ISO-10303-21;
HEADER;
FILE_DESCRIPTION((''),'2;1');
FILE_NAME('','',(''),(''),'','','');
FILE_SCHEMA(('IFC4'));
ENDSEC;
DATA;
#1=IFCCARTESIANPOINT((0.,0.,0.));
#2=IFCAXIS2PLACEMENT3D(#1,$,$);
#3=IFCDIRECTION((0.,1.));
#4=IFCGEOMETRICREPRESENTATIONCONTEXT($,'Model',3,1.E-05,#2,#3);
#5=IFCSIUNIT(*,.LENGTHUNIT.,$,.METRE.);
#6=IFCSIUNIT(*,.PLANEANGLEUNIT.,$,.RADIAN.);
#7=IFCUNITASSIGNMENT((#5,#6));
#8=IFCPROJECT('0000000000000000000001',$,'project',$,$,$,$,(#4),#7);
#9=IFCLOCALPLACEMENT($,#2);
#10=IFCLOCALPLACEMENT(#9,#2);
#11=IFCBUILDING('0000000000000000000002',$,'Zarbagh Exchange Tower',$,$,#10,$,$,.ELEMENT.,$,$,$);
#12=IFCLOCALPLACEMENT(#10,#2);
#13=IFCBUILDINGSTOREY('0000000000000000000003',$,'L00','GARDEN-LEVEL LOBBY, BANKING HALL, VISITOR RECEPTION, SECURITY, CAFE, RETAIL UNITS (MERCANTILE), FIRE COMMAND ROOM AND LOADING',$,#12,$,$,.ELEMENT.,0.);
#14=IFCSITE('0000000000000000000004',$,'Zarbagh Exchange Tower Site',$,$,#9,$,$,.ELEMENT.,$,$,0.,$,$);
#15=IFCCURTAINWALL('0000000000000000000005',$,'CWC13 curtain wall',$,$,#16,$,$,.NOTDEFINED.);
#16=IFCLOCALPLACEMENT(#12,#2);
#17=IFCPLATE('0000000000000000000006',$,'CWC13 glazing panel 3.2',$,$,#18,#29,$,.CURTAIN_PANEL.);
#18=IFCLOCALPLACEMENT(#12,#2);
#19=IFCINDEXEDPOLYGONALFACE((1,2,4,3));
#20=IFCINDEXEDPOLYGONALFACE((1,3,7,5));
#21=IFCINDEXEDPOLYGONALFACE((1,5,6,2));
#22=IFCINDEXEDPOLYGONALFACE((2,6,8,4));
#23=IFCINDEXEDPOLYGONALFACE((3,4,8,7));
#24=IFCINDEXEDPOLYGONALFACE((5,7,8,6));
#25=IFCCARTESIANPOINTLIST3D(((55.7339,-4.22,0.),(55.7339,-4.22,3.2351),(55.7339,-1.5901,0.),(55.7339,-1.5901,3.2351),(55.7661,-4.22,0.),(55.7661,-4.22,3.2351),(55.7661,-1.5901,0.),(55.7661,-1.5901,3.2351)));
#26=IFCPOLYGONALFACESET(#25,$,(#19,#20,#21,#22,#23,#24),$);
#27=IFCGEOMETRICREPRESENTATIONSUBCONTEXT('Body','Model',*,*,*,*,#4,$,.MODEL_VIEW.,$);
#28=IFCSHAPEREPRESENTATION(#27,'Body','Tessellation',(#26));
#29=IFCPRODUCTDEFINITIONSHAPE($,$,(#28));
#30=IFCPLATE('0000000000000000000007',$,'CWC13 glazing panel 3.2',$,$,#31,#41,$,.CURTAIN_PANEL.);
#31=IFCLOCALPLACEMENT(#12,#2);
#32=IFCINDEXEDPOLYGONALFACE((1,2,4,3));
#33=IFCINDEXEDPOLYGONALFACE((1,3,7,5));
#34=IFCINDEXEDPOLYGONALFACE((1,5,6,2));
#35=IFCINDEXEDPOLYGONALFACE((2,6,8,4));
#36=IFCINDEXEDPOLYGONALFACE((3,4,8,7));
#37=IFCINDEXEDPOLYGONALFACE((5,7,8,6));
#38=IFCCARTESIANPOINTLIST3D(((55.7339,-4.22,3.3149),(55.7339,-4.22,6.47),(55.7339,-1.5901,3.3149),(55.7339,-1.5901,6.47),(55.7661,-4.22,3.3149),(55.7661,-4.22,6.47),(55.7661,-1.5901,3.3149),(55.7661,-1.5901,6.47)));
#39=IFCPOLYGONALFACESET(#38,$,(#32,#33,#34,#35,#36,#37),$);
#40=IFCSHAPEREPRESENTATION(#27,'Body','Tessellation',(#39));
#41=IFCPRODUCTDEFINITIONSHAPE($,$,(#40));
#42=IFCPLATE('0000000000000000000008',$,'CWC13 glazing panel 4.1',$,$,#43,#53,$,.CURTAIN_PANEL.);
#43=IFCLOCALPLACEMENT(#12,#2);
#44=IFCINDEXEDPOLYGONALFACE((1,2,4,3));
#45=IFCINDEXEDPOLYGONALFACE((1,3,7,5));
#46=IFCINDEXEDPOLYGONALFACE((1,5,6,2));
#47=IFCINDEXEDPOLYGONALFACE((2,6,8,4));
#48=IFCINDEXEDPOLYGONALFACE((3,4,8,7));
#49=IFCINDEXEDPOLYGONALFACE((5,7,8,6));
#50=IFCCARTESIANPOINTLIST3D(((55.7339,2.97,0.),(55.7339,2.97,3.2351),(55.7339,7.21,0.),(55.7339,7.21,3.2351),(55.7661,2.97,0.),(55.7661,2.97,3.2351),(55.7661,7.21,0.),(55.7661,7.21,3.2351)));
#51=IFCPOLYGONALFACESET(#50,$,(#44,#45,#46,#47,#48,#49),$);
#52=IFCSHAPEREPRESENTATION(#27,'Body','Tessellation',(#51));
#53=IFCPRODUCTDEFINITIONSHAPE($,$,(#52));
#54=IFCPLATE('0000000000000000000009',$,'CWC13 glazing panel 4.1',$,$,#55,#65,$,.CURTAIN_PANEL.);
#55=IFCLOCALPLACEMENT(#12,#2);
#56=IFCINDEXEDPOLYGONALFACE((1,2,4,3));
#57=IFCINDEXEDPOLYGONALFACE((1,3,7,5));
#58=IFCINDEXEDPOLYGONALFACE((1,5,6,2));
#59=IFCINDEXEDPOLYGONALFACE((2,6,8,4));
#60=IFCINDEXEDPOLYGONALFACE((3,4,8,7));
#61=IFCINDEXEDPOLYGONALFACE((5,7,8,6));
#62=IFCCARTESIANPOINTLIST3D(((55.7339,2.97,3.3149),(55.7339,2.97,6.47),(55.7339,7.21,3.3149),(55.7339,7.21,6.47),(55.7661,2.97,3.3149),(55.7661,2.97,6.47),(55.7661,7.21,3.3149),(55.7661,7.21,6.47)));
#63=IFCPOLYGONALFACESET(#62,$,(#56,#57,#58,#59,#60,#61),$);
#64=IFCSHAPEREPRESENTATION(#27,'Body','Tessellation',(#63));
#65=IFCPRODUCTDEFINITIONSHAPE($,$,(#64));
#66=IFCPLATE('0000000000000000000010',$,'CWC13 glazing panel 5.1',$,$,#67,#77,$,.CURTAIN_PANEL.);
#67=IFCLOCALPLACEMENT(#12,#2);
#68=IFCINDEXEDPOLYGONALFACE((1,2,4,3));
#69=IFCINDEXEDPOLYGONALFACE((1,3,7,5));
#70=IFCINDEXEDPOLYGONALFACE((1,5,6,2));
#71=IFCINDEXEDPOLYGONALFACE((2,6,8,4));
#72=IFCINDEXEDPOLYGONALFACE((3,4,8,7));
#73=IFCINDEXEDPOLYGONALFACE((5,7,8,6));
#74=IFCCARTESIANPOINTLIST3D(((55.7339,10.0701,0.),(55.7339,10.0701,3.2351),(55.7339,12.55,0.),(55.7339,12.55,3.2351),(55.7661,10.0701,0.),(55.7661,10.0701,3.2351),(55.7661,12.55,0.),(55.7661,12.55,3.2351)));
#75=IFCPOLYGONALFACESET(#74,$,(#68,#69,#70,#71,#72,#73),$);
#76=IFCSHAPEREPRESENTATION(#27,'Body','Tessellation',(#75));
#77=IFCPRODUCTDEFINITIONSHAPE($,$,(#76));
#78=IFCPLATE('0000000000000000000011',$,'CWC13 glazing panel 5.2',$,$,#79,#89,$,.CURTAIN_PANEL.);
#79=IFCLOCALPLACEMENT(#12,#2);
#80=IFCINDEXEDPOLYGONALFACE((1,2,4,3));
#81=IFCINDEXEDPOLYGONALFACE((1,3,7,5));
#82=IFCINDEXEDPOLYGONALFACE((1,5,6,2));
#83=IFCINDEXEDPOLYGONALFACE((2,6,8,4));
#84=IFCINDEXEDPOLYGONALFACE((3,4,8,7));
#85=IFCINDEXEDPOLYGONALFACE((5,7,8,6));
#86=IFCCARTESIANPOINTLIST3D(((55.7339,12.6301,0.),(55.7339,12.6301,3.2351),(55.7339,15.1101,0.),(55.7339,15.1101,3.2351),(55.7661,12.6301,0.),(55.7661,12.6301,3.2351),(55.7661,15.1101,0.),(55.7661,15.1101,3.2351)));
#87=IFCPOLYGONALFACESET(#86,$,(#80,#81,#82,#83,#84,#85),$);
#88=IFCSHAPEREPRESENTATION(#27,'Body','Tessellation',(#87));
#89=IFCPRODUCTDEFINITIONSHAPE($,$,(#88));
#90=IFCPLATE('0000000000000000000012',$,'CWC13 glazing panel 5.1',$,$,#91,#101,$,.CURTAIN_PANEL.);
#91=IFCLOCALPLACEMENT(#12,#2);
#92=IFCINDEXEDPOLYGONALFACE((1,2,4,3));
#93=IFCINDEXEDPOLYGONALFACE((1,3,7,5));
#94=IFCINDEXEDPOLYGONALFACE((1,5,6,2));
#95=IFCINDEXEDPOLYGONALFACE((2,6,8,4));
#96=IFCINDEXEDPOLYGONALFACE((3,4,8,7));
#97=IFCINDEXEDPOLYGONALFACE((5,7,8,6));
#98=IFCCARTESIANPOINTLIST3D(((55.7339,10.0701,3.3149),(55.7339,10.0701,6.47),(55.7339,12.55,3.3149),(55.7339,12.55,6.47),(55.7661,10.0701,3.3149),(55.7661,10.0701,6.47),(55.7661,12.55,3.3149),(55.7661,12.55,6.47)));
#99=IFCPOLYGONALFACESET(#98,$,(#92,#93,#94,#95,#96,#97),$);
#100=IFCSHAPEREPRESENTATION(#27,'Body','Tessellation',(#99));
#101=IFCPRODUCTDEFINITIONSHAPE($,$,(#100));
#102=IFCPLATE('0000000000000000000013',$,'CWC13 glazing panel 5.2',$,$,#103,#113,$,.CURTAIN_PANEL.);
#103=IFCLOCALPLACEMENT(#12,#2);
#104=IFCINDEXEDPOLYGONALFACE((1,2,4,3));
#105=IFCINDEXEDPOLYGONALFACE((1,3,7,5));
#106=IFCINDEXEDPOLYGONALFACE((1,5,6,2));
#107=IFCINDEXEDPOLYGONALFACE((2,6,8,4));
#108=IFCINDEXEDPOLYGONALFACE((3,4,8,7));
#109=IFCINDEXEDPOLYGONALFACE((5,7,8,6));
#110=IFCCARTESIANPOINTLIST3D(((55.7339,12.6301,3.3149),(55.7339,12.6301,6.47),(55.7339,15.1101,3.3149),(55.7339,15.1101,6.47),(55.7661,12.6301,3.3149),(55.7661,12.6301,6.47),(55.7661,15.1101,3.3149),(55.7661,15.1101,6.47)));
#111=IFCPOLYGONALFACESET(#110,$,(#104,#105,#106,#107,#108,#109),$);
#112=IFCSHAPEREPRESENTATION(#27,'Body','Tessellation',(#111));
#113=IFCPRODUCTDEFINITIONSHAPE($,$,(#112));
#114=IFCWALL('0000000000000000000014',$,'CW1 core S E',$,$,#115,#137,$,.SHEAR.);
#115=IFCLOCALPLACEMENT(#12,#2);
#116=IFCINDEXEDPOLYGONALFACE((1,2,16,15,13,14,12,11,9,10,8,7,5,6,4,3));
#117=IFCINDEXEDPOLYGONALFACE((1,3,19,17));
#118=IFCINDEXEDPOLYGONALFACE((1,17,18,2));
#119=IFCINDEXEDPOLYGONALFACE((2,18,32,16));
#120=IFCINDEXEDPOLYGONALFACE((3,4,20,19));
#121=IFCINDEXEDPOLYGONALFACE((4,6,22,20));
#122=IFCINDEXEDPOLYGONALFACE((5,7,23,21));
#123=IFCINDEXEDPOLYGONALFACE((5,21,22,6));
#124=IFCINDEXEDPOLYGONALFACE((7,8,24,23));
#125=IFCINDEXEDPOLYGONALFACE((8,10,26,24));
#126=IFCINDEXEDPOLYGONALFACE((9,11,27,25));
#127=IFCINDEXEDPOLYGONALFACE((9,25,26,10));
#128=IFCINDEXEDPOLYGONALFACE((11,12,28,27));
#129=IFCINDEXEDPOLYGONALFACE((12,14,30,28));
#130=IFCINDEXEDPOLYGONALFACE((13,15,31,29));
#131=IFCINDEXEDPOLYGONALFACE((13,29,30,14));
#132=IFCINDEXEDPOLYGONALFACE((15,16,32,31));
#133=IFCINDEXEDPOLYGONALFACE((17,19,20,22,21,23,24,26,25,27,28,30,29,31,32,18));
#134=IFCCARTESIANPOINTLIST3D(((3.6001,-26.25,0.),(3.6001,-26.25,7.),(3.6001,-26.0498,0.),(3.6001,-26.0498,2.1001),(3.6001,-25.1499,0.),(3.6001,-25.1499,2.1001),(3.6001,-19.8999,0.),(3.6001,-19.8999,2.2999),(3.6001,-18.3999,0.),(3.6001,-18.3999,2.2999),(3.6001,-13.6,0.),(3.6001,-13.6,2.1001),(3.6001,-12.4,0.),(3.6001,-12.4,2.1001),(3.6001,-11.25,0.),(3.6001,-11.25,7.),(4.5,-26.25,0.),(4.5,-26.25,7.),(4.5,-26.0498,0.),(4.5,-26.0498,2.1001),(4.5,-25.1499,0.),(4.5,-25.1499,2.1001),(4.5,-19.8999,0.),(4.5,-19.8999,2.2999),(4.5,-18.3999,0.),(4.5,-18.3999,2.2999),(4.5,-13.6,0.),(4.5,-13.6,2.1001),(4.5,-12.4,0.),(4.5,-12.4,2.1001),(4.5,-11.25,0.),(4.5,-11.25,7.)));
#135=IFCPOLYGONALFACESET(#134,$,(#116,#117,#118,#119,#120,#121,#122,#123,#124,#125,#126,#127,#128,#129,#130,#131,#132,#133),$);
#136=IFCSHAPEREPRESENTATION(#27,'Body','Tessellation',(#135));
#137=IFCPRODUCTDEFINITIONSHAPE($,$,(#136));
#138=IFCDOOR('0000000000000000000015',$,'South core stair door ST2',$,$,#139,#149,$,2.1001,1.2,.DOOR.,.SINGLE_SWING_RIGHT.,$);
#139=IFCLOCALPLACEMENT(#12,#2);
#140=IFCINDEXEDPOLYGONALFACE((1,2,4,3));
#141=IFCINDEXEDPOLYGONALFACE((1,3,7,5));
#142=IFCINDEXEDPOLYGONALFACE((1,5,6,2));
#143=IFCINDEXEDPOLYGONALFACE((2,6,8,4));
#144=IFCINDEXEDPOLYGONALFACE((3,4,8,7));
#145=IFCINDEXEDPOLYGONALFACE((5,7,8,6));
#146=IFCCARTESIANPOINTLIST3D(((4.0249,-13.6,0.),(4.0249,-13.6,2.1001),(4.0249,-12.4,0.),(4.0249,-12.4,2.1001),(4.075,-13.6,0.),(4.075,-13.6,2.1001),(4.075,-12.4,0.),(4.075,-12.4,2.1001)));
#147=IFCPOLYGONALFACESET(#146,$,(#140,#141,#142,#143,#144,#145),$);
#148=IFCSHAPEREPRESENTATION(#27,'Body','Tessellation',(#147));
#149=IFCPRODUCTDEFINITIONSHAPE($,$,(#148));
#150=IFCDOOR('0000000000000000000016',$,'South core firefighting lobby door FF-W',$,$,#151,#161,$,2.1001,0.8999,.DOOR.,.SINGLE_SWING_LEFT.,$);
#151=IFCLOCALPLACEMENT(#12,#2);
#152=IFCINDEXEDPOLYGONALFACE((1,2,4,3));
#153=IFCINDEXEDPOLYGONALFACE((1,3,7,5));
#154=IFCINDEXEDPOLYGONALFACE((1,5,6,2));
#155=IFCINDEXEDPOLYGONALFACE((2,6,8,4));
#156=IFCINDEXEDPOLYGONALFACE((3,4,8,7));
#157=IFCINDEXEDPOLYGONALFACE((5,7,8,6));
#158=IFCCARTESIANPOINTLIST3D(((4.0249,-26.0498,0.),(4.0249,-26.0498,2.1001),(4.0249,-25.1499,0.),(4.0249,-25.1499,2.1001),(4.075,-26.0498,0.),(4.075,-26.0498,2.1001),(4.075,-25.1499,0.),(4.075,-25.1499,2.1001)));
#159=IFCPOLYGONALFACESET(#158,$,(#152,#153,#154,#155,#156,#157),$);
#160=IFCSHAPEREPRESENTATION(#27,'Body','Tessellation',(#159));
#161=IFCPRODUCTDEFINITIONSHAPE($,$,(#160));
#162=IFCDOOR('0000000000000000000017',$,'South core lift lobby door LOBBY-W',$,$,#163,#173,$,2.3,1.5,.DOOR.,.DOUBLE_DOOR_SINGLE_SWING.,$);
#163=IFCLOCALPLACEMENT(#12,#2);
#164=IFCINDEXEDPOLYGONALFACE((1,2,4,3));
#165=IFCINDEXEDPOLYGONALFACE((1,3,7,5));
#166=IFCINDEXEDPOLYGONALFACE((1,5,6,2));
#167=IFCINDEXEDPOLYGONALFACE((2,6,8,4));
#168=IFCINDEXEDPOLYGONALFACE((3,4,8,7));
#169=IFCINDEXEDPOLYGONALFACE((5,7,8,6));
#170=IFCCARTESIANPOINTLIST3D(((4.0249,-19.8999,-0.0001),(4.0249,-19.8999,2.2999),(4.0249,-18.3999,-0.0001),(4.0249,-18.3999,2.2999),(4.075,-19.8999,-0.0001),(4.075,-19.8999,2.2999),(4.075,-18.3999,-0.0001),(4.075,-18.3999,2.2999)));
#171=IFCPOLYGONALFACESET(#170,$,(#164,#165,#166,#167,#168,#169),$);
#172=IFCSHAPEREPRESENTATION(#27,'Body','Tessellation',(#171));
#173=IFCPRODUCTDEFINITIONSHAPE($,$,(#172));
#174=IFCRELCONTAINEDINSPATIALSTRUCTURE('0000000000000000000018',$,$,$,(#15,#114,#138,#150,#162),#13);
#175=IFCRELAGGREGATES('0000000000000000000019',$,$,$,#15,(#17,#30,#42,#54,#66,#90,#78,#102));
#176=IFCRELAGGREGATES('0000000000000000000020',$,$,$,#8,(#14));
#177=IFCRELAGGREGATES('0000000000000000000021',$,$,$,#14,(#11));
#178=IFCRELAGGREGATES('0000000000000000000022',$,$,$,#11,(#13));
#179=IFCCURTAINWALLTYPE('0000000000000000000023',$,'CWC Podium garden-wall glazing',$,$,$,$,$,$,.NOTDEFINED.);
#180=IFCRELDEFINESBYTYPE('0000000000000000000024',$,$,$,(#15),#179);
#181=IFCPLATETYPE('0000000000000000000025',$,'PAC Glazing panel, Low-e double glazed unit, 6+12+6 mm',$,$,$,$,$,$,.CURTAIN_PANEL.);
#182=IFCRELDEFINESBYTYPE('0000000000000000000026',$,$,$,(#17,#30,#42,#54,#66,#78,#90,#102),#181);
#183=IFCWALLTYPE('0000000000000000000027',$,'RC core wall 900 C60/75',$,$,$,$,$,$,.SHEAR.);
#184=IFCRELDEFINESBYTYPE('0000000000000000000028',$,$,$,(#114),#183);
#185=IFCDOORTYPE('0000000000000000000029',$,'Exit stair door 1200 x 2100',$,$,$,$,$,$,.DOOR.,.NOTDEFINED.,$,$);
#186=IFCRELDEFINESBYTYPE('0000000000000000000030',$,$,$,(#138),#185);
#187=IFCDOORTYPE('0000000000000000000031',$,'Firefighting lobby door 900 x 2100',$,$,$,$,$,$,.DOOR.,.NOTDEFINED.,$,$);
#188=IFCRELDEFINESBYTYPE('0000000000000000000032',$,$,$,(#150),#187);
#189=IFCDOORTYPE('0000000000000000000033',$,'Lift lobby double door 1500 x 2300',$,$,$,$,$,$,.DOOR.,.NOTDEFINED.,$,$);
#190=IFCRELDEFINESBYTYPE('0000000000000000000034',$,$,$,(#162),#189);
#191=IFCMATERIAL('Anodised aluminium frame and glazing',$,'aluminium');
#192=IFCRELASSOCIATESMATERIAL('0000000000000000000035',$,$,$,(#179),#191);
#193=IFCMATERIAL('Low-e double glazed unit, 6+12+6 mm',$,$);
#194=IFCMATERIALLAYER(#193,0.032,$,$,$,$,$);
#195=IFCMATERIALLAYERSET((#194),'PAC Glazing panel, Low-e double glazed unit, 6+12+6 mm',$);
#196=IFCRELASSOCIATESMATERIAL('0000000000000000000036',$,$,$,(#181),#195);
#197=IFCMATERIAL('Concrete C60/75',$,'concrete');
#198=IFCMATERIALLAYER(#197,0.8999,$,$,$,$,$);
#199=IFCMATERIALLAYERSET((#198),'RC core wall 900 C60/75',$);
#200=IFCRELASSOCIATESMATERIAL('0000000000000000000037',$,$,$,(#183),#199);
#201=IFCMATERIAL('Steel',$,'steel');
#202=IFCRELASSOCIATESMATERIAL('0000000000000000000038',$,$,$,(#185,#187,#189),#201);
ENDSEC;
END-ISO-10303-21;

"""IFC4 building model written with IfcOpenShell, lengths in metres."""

from ifc_helpers import new_model, si_unit, direction, frame, frame_2d, origin, place, context, subcontext, project, spatial, polyline, rectangle, outline, extrude, source, transform, mapped, material, layer, layer_set, type_object, element, fill, aggregate, save


model = new_model("IFC4")

# Units and contexts
model_context = context("Model", 3, precision=1e-05, world=origin(), true_north=direction((0.0, 1.0)))
body_context = subcontext(model_context, "Body", "Model", "MODEL_VIEW")
ifc_project = project(units=[si_unit("LENGTHUNIT", "METRE"), si_unit("PLANEANGLEUNIT", "RADIAN")], contexts=[model_context])

# Site, building, storey
site_placement = place(None, origin())
site = spatial("IfcSite", under=ifc_project, at=site_placement, Name="Zarbagh Exchange Tower Site", CompositionType="ELEMENT", RefElevation=0.0)
building_placement = place(site_placement, origin())
building = spatial("IfcBuilding", under=site, at=building_placement, Name="Zarbagh Exchange Tower", CompositionType="ELEMENT")
storey_placement = place(building_placement, origin())
storey = spatial("IfcBuildingStorey", under=building, at=storey_placement, Name="L00", Description="GARDEN-LEVEL LOBBY, BANKING HALL, VISITOR RECEPTION, SECURITY, CAFE, RETAIL UNITS (MERCANTILE), FIRE COMMAND ROOM AND LOADING", CompositionType="ELEMENT", Elevation=0.0)

# Shared definitions
ifc_material_1 = material(Name="Concrete C60/75", Category="concrete")

# Curtain wall, plates
ifc_material_2 = material(Name="Anodised aluminium frame and glazing", Category="aluminium")
curtain_wall_type = type_object("IfcCurtainWallType", Name="CWC Podium garden-wall glazing", PredefinedType="NOTDEFINED", material=ifc_material_2)
curtain_wall_placement = place(storey_placement, origin())
curtain_wall = element("IfcCurtainWall", 1, at=curtain_wall_placement, inside=storey, type_object=curtain_wall_type, Name="CWC13 curtain wall", PredefinedType="NOTDEFINED")
placement = place(storey_placement, origin())
ifc_material_3 = material(Name="Low-e double glazed unit, 6+12+6 mm")
ifc_layer_1 = layer(ifc_material_3, 0.032)
ifc_layer_set_1 = layer_set([ifc_layer_1], Name="PAC Glazing panel, Low-e double glazed unit, 6+12+6 mm")
plate_type = type_object("IfcPlateType", Name="PAC Glazing panel, Low-e double glazed unit, 6+12+6 mm", PredefinedType="CURTAIN_PANEL", material=ifc_layer_set_1)
shared_shape_1 = source(origin(), body_context, "Body", "SweptSolid", [
    extrude(outline(polyline([(0.0, -0.0161), (2.6299, -0.0161), (2.6299, 0.0161), (0.0, 0.0161), (0.0, -0.0161)])), origin(), (0.0, 0.0, 1.0), 3.2351),
])
plate_1 = element("IfcPlate", 2, at=placement, type_object=plate_type, Name="CWC13 glazing panel 3.2", PredefinedType="CURTAIN_PANEL", context=body_context, shape_type="MappedRepresentation", body=[
    mapped(shared_shape_1, transform((55.75, -4.22, 0.0), x_axis=(0.0, 1.0, 0.0), y_axis=(-1.0, 0.0, 0.0), z_axis=(0.0, 0.0, 1.0))),
])
shared_shape_2 = source(origin(), body_context, "Body", "SweptSolid", [
    extrude(outline(polyline([(0.0, -0.0161), (2.6299, -0.0161), (2.6299, 0.0161), (0.0, 0.0161), (0.0, -0.0161)])), origin(), (0.0, 0.0, 1.0), 3.155),
])
plate_2 = element("IfcPlate", 3, at=placement, type_object=plate_type, Name="CWC13 glazing panel 3.2", PredefinedType="CURTAIN_PANEL", context=body_context, shape_type="MappedRepresentation", body=[
    mapped(shared_shape_2, transform((55.75, -4.22, 3.3149), x_axis=(0.0, 1.0, 0.0), y_axis=(-1.0, 0.0, 0.0), z_axis=(0.0, 0.0, 1.0))),
])
shared_shape_3 = source(origin(), body_context, "Body", "SweptSolid", [
    extrude(outline(polyline([(0.0, -0.0161), (4.24, -0.0161), (4.24, 0.0161), (0.0, 0.0161), (0.0, -0.0161)])), origin(), (0.0, 0.0, 1.0), 3.2351),
])
plate_3 = element("IfcPlate", 4, at=placement, type_object=plate_type, Name="CWC13 glazing panel 4.1", PredefinedType="CURTAIN_PANEL", context=body_context, shape_type="MappedRepresentation", body=[
    mapped(shared_shape_3, transform((55.75, 2.97, 0.0), x_axis=(0.0, 1.0, 0.0), y_axis=(-1.0, 0.0, 0.0), z_axis=(0.0, 0.0, 1.0))),
])
shared_shape_4 = source(origin(), body_context, "Body", "SweptSolid", [
    extrude(outline(polyline([(0.0, -0.0161), (4.24, -0.0161), (4.24, 0.0161), (0.0, 0.0161), (0.0, -0.0161)])), origin(), (0.0, 0.0, 1.0), 3.155),
])
plate_4 = element("IfcPlate", 5, at=placement, type_object=plate_type, Name="CWC13 glazing panel 4.1", PredefinedType="CURTAIN_PANEL", context=body_context, shape_type="MappedRepresentation", body=[
    mapped(shared_shape_4, transform((55.75, 2.97, 3.3149), x_axis=(0.0, 1.0, 0.0), y_axis=(-1.0, 0.0, 0.0), z_axis=(0.0, 0.0, 1.0))),
])
shared_shape_5 = source(origin(), body_context, "Body", "SweptSolid", [
    extrude(outline(polyline([(0.0, -0.0161), (2.48, -0.0161), (2.48, 0.0161), (0.0, 0.0161), (0.0, -0.0161)])), origin(), (0.0, 0.0, 1.0), 3.2351),
])
plate_5 = element("IfcPlate", 6, at=placement, type_object=plate_type, Name="CWC13 glazing panel 5.1", PredefinedType="CURTAIN_PANEL", context=body_context, shape_type="MappedRepresentation", body=[
    mapped(shared_shape_5, transform((55.75, 10.0701, 0.0), x_axis=(0.0, 1.0, 0.0), y_axis=(-1.0, 0.0, 0.0), z_axis=(0.0, 0.0, 1.0))),
])
plate_6 = element("IfcPlate", 7, at=placement, type_object=plate_type, Name="CWC13 glazing panel 5.2", PredefinedType="CURTAIN_PANEL", context=body_context, shape_type="MappedRepresentation", body=[
    mapped(shared_shape_5, transform((55.75, 12.6301, 0.0), x_axis=(0.0, 1.0, 0.0), y_axis=(-1.0, 0.0, 0.0), z_axis=(0.0, 0.0, 1.0))),
])
shared_shape_6 = source(origin(), body_context, "Body", "SweptSolid", [
    extrude(outline(polyline([(0.0, -0.0161), (2.48, -0.0161), (2.48, 0.0161), (0.0, 0.0161), (0.0, -0.0161)])), origin(), (0.0, 0.0, 1.0), 3.155),
])
plate_7 = element("IfcPlate", 8, at=placement, type_object=plate_type, Name="CWC13 glazing panel 5.1", PredefinedType="CURTAIN_PANEL", context=body_context, shape_type="MappedRepresentation", body=[
    mapped(shared_shape_6, transform((55.75, 10.0701, 3.3149), x_axis=(0.0, 1.0, 0.0), y_axis=(-1.0, 0.0, 0.0), z_axis=(0.0, 0.0, 1.0))),
])
plate_8 = element("IfcPlate", 9, at=placement, type_object=plate_type, Name="CWC13 glazing panel 5.2", PredefinedType="CURTAIN_PANEL", context=body_context, shape_type="MappedRepresentation", body=[
    mapped(shared_shape_6, transform((55.75, 12.6301, 3.3149), x_axis=(0.0, 1.0, 0.0), y_axis=(-1.0, 0.0, 0.0), z_axis=(0.0, 0.0, 1.0))),
])
aggregate(curtain_wall, [plate_1, plate_2, plate_3, plate_4, plate_5, plate_7, plate_6, plate_8])

# Wall, openings, doors
ifc_layer_2 = layer(ifc_material_1, 0.8999)
ifc_layer_set_2 = layer_set([ifc_layer_2], Name="RC core wall 900 C60/75")
wall_type_1 = type_object("IfcWallType", Name="RC core wall 900 C60/75", PredefinedType="SHEAR", material=ifc_layer_set_2)
wall_1_placement = place(storey_placement, frame((4.05, -11.25, 0.0), z_axis=(0.0, 0.0, 1.0), x_axis=(0.0, -1.0, 0.0)))
wall_1 = element("IfcWall", 10, at=wall_1_placement, inside=storey, type_object=wall_type_1, Name="CW1 core S E", PredefinedType="SHEAR", context=body_context, shape_type="SweptSolid", body=[
    extrude(rectangle(XDim=15.0, YDim=0.8999, at=frame_2d((7.5, 0.0))), origin(), (0.0, 0.0, 1.0), 7.0),
])
opening_1_placement = place(wall_1_placement, frame((7.1499, 0.0, 0.0)))
opening_1 = element("IfcOpeningElement", 11, at=opening_1_placement, cuts=wall_1, PredefinedType="OPENING", context=body_context, shape_type="SweptSolid", body=[
    extrude(rectangle(XDim=1.5, YDim=2.3, at=frame_2d((0.75, 1.1499))), frame((0.0, 0.46, 0.0), z_axis=(0.0, -1.0, 0.0), x_axis=(1.0, 0.0, 0.0)), (0.0, 0.0, 1.0), 0.9199),
])
opening_2_placement = place(wall_1_placement, frame((13.8999, 0.0, 0.0)))
opening_2 = element("IfcOpeningElement", 12, at=opening_2_placement, cuts=wall_1, PredefinedType="OPENING", context=body_context, shape_type="SweptSolid", body=[
    extrude(rectangle(XDim=0.8999, YDim=2.1001, at=frame_2d((0.45, 1.05))), frame((0.0, 0.46, 0.0), z_axis=(0.0, -1.0, 0.0), x_axis=(1.0, 0.0, 0.0)), (0.0, 0.0, 1.0), 0.9199),
])
opening_3_placement = place(wall_1_placement, frame((1.1499, 0.0, 0.0)))
opening_3 = element("IfcOpeningElement", 13, at=opening_3_placement, cuts=wall_1, PredefinedType="OPENING", context=body_context, shape_type="SweptSolid", body=[
    extrude(rectangle(XDim=1.2, YDim=2.1001, at=frame_2d((0.6001, 1.05))), frame((0.0, 0.46, 0.0), z_axis=(0.0, -1.0, 0.0), x_axis=(1.0, 0.0, 0.0)), (0.0, 0.0, 1.0), 0.9199),
])
ifc_material_4 = material(Name="Steel", Category="steel")
door_type_1 = type_object("IfcDoorType", Name="Exit stair door 1200 x 2100", OperationType="NOTDEFINED", PredefinedType="DOOR", material=ifc_material_4)
door_1_placement = place(opening_3_placement, origin())
door_1 = element("IfcDoor", 14, at=door_1_placement, inside=storey, type_object=door_type_1, Name="South core stair door ST2", OperationType="SINGLE_SWING_RIGHT", OverallHeight=2.1001, OverallWidth=1.2, PredefinedType="DOOR", context=body_context, shape_type="SweptSolid", body=[
    extrude(rectangle(XDim=1.2, YDim=2.1001, at=frame_2d((0.6001, 1.05))), frame((0.0, 0.0249, 0.0), z_axis=(0.0, -1.0, 0.0), x_axis=(1.0, 0.0, 0.0)), (0.0, 0.0, 1.0), 0.05),
])
fill(opening_3, door_1)
door_type_2 = type_object("IfcDoorType", Name="Firefighting lobby door 900 x 2100", OperationType="NOTDEFINED", PredefinedType="DOOR", material=ifc_material_4)
door_2_placement = place(opening_2_placement, origin())
door_2 = element("IfcDoor", 15, at=door_2_placement, inside=storey, type_object=door_type_2, Name="South core firefighting lobby door FF-W", OperationType="SINGLE_SWING_LEFT", OverallHeight=2.1001, OverallWidth=0.8999, PredefinedType="DOOR", context=body_context, shape_type="SweptSolid", body=[
    extrude(rectangle(XDim=0.8999, YDim=2.1001, at=frame_2d((0.45, 1.05))), frame((0.0, 0.0249, 0.0), z_axis=(0.0, -1.0, 0.0), x_axis=(1.0, 0.0, 0.0)), (0.0, 0.0, 1.0), 0.05),
])
fill(opening_2, door_2)
door_type_3 = type_object("IfcDoorType", Name="Lift lobby double door 1500 x 2300", OperationType="NOTDEFINED", PredefinedType="DOOR", material=ifc_material_4)
door_3_placement = place(opening_1_placement, origin())
door_3 = element("IfcDoor", 16, at=door_3_placement, inside=storey, type_object=door_type_3, Name="South core lift lobby door LOBBY-W", OperationType="DOUBLE_DOOR_SINGLE_SWING", OverallHeight=2.3, OverallWidth=1.5, PredefinedType="DOOR", context=body_context, shape_type="SweptSolid", body=[
    extrude(rectangle(XDim=1.5, YDim=2.3, at=frame_2d((0.75, 1.1499))), frame((0.0, 0.0249, 0.0), z_axis=(0.0, -1.0, 0.0), x_axis=(1.0, 0.0, 0.0)), (0.0, 0.0, 1.0), 0.05),
])
fill(opening_1, door_3)

save(model, "model.ifc")
